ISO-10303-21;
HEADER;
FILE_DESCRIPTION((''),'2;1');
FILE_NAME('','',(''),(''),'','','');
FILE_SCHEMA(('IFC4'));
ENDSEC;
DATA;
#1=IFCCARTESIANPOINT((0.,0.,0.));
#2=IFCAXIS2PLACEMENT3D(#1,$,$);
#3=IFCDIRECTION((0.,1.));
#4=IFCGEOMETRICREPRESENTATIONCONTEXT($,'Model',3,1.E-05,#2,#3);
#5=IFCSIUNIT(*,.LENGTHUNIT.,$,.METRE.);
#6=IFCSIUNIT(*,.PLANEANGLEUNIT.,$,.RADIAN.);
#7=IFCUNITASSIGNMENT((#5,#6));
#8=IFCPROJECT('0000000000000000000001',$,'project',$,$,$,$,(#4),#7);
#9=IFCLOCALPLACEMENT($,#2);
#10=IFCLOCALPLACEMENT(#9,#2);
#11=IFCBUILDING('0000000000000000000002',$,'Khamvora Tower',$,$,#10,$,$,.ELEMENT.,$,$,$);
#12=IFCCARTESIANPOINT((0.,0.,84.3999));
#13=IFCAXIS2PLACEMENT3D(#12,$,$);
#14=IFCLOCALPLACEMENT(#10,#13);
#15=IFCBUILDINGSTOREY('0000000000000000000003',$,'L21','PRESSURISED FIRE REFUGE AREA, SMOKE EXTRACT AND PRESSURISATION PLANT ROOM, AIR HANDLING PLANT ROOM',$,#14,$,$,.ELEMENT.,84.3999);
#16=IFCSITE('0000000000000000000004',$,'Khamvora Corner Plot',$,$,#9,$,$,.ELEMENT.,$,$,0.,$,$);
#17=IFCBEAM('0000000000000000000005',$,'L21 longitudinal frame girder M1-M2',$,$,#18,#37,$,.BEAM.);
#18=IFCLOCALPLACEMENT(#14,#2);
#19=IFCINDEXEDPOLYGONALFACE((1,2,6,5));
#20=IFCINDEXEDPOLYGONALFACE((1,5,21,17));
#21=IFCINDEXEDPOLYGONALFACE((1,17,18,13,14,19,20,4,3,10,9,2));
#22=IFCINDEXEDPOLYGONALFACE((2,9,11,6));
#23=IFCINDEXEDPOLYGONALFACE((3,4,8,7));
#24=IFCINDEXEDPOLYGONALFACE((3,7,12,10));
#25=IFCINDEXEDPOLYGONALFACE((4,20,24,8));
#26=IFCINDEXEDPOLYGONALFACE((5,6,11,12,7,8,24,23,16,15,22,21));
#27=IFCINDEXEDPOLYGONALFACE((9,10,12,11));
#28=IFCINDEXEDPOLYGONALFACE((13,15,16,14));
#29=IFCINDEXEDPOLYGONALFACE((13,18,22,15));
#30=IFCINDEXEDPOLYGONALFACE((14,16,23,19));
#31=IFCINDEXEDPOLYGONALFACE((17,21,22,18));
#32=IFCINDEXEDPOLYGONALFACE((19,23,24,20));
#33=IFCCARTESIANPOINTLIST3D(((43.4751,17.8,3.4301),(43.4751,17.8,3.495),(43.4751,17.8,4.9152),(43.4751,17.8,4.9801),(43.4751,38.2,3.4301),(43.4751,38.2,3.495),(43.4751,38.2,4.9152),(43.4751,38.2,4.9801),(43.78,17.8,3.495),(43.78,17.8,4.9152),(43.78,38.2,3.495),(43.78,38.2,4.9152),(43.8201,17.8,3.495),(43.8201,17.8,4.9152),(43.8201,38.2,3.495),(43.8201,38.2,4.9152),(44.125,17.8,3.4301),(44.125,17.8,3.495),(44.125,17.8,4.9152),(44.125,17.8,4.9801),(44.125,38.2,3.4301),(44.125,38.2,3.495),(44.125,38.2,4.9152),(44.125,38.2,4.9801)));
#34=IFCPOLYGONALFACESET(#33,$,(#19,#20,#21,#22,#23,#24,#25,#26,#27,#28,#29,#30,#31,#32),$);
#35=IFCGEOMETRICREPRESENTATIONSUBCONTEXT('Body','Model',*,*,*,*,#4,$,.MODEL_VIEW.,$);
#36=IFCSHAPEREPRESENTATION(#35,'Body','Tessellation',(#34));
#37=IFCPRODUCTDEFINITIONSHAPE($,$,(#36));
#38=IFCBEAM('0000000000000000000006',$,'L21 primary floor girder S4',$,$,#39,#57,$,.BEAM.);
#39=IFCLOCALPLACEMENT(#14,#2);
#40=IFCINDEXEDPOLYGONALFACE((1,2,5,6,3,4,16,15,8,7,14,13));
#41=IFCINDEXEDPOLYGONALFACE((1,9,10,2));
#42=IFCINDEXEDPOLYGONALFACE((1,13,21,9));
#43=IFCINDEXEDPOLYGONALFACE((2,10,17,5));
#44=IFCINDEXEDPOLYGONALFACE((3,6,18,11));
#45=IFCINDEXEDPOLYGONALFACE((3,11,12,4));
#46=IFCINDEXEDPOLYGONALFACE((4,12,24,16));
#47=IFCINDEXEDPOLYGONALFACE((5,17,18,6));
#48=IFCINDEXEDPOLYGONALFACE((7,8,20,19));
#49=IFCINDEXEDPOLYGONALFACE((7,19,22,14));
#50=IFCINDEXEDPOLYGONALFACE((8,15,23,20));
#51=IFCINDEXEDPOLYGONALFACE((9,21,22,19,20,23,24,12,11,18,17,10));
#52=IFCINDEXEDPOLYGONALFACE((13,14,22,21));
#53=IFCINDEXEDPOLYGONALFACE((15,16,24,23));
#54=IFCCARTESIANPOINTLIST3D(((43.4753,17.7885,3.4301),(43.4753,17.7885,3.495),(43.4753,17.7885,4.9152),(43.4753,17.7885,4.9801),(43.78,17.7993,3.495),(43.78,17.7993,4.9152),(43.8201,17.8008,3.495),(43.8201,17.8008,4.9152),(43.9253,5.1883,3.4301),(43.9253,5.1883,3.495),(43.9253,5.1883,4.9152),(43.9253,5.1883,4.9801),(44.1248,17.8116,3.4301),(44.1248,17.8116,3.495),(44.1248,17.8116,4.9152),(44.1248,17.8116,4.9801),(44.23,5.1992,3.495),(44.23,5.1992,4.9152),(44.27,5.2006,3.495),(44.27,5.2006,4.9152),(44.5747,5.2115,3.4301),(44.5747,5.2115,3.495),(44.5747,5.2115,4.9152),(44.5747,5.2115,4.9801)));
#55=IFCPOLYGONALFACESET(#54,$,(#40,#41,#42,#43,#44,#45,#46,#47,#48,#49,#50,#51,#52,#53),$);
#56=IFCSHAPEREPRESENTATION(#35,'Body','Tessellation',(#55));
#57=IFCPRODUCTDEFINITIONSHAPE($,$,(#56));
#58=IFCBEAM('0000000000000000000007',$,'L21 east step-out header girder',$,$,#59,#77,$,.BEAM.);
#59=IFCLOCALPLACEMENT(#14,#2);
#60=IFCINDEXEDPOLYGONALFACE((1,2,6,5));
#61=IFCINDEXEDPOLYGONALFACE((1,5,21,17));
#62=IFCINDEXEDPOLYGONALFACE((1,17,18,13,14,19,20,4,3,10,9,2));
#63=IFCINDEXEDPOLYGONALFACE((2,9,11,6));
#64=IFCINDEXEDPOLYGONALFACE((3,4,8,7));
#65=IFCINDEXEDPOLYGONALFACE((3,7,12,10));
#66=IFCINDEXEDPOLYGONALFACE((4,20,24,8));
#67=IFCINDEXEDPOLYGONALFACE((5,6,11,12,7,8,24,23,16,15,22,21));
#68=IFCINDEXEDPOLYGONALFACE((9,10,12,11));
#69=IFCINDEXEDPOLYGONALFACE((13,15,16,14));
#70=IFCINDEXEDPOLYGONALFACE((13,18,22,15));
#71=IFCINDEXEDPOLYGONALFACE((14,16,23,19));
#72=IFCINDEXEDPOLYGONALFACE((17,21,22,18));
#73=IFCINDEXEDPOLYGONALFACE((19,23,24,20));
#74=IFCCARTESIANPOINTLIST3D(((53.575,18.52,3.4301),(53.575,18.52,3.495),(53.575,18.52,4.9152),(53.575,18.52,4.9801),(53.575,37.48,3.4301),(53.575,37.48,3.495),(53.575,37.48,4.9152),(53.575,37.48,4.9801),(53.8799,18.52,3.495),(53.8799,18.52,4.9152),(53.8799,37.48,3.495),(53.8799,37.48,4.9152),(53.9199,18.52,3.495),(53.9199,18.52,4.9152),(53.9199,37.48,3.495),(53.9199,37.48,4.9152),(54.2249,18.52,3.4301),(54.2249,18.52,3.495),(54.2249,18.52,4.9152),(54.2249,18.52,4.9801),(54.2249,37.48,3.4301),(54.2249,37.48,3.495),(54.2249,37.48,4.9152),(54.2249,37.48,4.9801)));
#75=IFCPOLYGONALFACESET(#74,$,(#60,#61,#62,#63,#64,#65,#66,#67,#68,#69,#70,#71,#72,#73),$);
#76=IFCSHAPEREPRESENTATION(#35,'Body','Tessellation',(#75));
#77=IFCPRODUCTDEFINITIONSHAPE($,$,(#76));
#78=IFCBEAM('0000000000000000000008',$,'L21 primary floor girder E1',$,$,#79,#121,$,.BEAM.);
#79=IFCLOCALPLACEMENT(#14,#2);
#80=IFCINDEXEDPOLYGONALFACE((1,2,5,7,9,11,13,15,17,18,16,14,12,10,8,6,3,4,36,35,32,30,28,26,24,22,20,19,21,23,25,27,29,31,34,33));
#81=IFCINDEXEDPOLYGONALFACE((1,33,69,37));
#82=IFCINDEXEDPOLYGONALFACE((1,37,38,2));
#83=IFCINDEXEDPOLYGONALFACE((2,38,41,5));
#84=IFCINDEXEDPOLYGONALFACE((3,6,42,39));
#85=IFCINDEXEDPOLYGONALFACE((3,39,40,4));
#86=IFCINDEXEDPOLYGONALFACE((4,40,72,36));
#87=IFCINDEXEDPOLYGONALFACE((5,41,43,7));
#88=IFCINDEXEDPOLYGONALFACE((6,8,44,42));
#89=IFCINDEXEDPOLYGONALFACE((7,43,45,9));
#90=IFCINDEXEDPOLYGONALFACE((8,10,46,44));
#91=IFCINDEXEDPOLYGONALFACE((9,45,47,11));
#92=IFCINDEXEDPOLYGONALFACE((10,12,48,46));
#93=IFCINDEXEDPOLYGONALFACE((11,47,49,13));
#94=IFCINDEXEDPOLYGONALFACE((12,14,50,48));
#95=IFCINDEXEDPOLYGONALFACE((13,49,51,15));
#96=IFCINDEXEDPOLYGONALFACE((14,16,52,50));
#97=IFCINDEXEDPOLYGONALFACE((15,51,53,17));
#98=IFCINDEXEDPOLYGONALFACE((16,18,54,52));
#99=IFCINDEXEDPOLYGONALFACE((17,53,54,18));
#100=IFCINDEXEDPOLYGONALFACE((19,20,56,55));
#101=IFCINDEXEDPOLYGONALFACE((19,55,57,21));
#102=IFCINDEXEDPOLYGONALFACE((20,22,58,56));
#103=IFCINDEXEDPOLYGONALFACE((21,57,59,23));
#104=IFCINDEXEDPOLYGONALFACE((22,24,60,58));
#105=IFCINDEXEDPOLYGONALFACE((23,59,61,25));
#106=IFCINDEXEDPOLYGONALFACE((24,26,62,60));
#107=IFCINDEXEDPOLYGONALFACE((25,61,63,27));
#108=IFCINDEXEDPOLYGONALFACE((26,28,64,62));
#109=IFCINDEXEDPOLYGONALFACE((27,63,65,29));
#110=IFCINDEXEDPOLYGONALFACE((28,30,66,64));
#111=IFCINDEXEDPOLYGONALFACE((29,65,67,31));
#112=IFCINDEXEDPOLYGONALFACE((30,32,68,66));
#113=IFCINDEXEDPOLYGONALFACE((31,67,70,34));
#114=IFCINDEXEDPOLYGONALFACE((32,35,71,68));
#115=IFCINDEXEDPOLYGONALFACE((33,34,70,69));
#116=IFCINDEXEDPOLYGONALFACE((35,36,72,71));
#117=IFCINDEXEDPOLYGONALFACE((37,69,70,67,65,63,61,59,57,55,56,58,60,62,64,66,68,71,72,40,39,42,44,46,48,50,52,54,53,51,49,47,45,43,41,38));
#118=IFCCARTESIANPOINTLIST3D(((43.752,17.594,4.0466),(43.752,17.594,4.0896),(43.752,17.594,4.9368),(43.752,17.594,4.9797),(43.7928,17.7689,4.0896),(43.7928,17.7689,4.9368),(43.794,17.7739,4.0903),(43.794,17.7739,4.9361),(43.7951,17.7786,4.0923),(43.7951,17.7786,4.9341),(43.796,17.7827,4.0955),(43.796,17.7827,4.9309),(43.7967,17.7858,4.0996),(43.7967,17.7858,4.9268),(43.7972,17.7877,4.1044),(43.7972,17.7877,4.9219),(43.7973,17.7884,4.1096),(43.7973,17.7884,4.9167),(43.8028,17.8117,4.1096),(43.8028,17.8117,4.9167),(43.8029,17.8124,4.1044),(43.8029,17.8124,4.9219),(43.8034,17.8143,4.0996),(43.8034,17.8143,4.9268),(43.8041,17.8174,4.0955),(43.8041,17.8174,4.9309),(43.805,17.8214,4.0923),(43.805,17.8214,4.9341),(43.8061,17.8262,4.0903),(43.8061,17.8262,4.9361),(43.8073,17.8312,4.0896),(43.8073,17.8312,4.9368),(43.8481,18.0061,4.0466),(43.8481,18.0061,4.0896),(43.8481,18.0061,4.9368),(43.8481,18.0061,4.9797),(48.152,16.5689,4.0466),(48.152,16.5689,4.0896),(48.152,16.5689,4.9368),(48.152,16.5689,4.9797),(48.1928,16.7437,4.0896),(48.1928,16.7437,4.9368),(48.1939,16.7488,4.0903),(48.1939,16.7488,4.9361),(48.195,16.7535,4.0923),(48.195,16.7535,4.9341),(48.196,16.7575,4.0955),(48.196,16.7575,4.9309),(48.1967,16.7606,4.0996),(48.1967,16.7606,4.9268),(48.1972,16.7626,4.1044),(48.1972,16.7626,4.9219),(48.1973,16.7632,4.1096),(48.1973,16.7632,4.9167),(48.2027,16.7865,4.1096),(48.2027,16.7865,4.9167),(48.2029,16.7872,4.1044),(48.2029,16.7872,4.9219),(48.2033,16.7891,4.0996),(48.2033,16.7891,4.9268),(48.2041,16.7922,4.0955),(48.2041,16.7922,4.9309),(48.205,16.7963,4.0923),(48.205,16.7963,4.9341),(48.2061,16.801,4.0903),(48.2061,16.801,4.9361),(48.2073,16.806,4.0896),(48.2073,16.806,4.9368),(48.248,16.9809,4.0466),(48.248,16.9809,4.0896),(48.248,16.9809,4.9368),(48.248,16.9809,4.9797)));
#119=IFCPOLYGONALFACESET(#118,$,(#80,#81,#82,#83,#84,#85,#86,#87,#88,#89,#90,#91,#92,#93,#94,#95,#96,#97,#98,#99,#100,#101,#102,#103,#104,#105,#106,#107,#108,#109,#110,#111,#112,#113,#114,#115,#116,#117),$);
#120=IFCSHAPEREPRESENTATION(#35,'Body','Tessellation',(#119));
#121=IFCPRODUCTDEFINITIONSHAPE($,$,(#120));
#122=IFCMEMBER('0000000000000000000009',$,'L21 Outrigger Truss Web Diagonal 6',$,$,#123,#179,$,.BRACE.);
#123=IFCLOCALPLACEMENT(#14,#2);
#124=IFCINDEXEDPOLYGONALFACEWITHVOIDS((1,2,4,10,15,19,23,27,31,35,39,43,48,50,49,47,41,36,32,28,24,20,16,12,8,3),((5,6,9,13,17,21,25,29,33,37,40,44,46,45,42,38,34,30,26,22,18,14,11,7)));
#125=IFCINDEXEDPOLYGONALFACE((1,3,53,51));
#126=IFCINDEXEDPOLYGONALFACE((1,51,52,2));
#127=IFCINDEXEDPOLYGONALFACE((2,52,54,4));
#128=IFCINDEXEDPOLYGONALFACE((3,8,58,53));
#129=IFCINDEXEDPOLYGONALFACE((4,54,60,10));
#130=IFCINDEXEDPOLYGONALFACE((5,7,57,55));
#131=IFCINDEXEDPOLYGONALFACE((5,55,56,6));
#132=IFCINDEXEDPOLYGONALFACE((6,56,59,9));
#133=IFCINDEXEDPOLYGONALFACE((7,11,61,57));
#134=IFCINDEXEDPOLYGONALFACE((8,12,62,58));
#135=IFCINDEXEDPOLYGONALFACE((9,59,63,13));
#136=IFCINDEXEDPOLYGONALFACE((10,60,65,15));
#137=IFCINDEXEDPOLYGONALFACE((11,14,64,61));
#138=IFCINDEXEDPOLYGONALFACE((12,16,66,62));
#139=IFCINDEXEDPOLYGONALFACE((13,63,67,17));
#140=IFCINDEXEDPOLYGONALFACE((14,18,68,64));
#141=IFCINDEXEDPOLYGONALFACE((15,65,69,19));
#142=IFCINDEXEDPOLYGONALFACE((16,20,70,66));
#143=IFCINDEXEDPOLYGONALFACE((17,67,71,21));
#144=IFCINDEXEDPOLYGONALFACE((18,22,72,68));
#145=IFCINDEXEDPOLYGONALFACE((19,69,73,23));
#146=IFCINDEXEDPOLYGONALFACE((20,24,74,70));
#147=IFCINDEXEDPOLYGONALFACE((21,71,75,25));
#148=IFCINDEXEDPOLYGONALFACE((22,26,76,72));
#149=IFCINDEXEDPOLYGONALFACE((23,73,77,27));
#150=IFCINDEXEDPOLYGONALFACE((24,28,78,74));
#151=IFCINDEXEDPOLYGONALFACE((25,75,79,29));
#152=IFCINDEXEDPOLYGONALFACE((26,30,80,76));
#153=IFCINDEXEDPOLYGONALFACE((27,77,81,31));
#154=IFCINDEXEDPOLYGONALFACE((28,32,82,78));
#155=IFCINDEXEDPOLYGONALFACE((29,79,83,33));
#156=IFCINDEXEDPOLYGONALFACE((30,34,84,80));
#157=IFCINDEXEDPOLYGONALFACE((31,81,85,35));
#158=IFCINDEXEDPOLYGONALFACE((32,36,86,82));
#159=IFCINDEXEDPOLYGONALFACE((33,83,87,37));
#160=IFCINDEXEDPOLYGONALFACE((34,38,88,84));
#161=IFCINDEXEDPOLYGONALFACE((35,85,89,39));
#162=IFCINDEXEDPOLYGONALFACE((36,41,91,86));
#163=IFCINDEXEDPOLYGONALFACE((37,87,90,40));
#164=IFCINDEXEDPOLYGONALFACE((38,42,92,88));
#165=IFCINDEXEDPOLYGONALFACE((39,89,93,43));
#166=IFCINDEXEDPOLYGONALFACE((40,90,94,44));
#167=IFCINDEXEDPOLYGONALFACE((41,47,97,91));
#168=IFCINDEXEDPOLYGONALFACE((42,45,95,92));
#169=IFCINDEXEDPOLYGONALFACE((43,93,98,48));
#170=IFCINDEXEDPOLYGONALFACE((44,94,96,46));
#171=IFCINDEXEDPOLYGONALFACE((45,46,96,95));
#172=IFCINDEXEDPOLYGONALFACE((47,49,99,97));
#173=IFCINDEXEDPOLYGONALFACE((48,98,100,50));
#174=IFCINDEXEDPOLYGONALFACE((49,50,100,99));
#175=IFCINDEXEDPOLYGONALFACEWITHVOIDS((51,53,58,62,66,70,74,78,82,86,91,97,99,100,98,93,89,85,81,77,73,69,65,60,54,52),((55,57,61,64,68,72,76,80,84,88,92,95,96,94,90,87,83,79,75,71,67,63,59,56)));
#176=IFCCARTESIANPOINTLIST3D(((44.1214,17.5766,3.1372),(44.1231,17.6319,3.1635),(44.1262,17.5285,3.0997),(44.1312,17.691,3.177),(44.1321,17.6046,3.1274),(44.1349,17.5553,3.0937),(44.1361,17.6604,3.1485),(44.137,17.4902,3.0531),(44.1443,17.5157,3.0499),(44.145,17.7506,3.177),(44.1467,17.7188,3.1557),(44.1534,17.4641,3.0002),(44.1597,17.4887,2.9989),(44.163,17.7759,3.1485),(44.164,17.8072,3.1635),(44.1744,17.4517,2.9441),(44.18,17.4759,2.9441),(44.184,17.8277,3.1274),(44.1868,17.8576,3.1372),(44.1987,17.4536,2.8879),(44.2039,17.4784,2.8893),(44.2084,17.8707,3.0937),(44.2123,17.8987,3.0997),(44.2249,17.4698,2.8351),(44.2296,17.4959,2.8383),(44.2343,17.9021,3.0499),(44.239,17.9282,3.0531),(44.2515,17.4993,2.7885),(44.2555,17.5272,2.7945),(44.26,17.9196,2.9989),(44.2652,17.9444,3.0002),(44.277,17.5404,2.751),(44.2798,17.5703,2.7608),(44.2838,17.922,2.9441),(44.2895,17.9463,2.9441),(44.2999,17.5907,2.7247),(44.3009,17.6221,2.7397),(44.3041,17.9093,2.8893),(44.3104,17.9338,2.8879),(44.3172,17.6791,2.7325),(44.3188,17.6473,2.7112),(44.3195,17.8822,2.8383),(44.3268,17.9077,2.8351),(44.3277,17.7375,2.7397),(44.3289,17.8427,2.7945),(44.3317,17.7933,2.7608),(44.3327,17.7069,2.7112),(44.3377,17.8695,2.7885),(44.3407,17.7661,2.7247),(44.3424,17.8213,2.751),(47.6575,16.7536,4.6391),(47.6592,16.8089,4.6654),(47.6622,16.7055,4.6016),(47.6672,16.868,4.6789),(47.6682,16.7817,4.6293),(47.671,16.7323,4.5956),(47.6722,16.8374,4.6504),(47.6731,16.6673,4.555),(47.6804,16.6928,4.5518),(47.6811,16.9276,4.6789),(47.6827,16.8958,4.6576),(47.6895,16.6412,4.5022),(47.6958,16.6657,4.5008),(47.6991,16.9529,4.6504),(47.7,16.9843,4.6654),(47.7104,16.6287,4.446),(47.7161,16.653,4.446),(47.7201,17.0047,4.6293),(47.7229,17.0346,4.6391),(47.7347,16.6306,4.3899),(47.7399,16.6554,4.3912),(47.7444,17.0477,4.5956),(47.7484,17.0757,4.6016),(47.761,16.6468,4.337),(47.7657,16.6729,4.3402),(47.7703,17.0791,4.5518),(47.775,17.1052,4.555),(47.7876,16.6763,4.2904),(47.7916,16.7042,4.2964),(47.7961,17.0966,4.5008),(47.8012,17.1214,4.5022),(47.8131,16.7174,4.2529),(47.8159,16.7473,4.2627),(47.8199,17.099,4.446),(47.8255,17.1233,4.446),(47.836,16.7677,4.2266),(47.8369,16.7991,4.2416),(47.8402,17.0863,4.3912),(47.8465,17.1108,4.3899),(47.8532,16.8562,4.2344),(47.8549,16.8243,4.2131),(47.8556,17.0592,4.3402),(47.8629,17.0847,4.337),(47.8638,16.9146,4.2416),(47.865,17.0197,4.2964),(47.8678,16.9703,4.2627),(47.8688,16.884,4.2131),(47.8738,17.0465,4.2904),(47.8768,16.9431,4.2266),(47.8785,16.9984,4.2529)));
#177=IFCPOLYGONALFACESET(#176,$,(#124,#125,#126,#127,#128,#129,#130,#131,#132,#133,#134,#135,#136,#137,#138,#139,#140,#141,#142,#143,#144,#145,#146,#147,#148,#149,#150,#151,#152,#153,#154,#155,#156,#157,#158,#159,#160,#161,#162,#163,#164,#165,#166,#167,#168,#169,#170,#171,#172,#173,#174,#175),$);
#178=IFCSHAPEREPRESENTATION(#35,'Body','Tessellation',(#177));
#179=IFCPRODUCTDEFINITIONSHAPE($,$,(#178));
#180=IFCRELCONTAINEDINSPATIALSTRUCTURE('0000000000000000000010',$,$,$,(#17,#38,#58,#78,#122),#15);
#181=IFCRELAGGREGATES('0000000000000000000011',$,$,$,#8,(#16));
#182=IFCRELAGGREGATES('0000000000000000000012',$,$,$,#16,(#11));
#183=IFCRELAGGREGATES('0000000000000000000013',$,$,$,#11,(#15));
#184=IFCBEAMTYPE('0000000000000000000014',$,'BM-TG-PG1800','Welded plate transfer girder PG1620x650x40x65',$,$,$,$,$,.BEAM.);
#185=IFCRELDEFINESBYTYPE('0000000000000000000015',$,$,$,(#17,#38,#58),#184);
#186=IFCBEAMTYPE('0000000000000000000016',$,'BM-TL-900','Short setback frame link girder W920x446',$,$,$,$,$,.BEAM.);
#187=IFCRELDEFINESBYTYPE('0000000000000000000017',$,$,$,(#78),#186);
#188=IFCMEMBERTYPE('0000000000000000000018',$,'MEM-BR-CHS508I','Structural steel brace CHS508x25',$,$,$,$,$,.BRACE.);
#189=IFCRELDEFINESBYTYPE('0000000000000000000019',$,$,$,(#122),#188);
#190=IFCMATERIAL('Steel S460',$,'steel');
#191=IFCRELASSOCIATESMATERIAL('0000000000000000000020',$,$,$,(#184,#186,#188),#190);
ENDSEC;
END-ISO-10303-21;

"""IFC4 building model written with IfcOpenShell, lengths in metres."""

from ifc_helpers import new_model, si_unit, direction, frame, origin, origin_2d, place, context, subcontext, project, spatial, hollow_circle, i_section, extrude, material, material_profile, profile_set, type_object, element, save


model = new_model("IFC4")

# Units and contexts
model_context = context("Model", 3, precision=1e-05, world=origin(), true_north=direction((0.0, 1.0)))
body_context = subcontext(model_context, "Body", "Model", "MODEL_VIEW")
ifc_project = project(units=[si_unit("LENGTHUNIT", "METRE"), si_unit("PLANEANGLEUNIT", "RADIAN")], contexts=[model_context])

# Site, building, storey
site_placement = place(None, origin())
site = spatial("IfcSite", under=ifc_project, at=site_placement, Name="Khamvora Corner Plot", CompositionType="ELEMENT", RefElevation=0.0)
building_placement = place(site_placement, origin())
building = spatial("IfcBuilding", under=site, at=building_placement, Name="Khamvora Tower", CompositionType="ELEMENT")
storey_placement = place(building_placement, frame((0.0, 0.0, 84.3999)))
storey = spatial("IfcBuildingStorey", under=building, at=storey_placement, Name="L21", Description="PRESSURISED FIRE REFUGE AREA, SMOKE EXTRACT AND PRESSURISATION PLANT ROOM, AIR HANDLING PLANT ROOM", CompositionType="ELEMENT", Elevation=84.3999)

# Beams
ifc_material_1 = material(Name="Steel S460", Category="steel")
ifc_material_profile_1 = material_profile(ifc_material_1, i_section(OverallWidth=0.6499, OverallDepth=1.55, WebThickness=0.04, FlangeThickness=0.0649, at=origin_2d()), Name="PG1550x650x40x65")
ifc_profile_set_1 = profile_set([ifc_material_profile_1], Name="Steel S460")
beam_type_1 = type_object("IfcBeamType", Name="BM-TG-PG1800", Description="Welded plate transfer girder PG1620x650x40x65", PredefinedType="BEAM", material=ifc_profile_set_1)
beam_1_placement = place(storey_placement, frame((43.8, 17.8, 4.2051), z_axis=(0.0, 1.0, 0.0), x_axis=(-1.0, 0.0, 0.0)))
element("IfcBeam", 1, at=beam_1_placement, inside=storey, type_object=beam_type_1, Name="L21 longitudinal frame girder M1-M2", PredefinedType="BEAM", context=body_context, shape_type="SweptSolid", body=[
    extrude(i_section(OverallWidth=0.6499, OverallDepth=1.55, WebThickness=0.04, FlangeThickness=0.0649, at=origin_2d()), origin(), (0.0, 0.0, 1.0), 20.3999),
])
beam_2_placement = place(storey_placement, frame((43.8, 17.8, 4.2051), z_axis=(0.035687, -0.999363, 0.0), x_axis=(0.999363, 0.035687, 0.0)))
element("IfcBeam", 2, at=beam_2_placement, inside=storey, type_object=beam_type_1, Name="L21 primary floor girder S4", PredefinedType="BEAM", context=body_context, shape_type="SweptSolid", body=[
    extrude(i_section(OverallWidth=0.6499, OverallDepth=1.55, WebThickness=0.04, FlangeThickness=0.0649, at=origin_2d()), origin(), (0.0, 0.0, 1.0), 12.6082),
])
beam_3_placement = place(storey_placement, frame((53.8999, 18.52, 4.2051), z_axis=(0.0, 1.0, 0.0), x_axis=(-1.0, 0.0, 0.0)))
element("IfcBeam", 3, at=beam_3_placement, inside=storey, type_object=beam_type_1, Name="L21 east step-out header girder", PredefinedType="BEAM", context=body_context, shape_type="SweptSolid", body=[
    extrude(i_section(OverallWidth=0.6499, OverallDepth=1.55, WebThickness=0.04, FlangeThickness=0.0649, at=origin_2d()), origin(), (0.0, 0.0, 1.0), 18.96),
])
ifc_material_profile_2 = material_profile(ifc_material_1, i_section(OverallWidth=0.4231, OverallDepth=0.9331, WebThickness=0.0239, FlangeThickness=0.043, FilletRadius=0.02, at=origin_2d()), Name="W920x446")
ifc_profile_set_2 = profile_set([ifc_material_profile_2], Name="Steel S460")
beam_type_2 = type_object("IfcBeamType", Name="BM-TL-900", Description="Short setback frame link girder W920x446", PredefinedType="BEAM", material=ifc_profile_set_2)
beam_4_placement = place(storey_placement, frame((43.8, 17.8, 4.5132), z_axis=(0.973915, -0.226915, 0.0), x_axis=(0.226915, 0.973915, 0.0)))
element("IfcBeam", 4, at=beam_4_placement, inside=storey, type_object=beam_type_2, Name="L21 primary floor girder E1", PredefinedType="BEAM", context=body_context, shape_type="SweptSolid", body=[
    extrude(i_section(OverallWidth=0.4231, OverallDepth=0.9331, WebThickness=0.0239, FlangeThickness=0.043, FilletRadius=0.02, at=origin_2d()), origin(), (0.0, 0.0, 1.0), 4.5178),
])

# Member
ifc_material_profile_3 = material_profile(ifc_material_1, hollow_circle(Radius=0.2539, WallThickness=0.0249, at=origin_2d()), Name="CHS508x25")
ifc_profile_set_3 = profile_set([ifc_material_profile_3], Name="Steel S460")
member_type_1 = type_object("IfcMemberType", Name="MEM-BR-CHS508I", Description="Structural steel brace CHS508x25", PredefinedType="BRACE", material=ifc_profile_set_3)
member_1_placement = place(storey_placement, frame((44.2319, 17.699, 2.9441), z_axis=(0.899997, -0.209465, 0.382269), x_axis=(0.226681, 0.973969, 0.0)))
element("IfcMember", 5, at=member_1_placement, inside=storey, type_object=member_type_1, Name="L21 Outrigger Truss Web Diagonal 6", PredefinedType="BRACE", context=body_context, shape_type="SweptSolid", body=[
    extrude(hollow_circle(Radius=0.2539, WallThickness=0.0249, at=origin_2d()), origin(), (0.0, 0.0, 1.0), 3.929),
])

save(model, "model.ifc")
